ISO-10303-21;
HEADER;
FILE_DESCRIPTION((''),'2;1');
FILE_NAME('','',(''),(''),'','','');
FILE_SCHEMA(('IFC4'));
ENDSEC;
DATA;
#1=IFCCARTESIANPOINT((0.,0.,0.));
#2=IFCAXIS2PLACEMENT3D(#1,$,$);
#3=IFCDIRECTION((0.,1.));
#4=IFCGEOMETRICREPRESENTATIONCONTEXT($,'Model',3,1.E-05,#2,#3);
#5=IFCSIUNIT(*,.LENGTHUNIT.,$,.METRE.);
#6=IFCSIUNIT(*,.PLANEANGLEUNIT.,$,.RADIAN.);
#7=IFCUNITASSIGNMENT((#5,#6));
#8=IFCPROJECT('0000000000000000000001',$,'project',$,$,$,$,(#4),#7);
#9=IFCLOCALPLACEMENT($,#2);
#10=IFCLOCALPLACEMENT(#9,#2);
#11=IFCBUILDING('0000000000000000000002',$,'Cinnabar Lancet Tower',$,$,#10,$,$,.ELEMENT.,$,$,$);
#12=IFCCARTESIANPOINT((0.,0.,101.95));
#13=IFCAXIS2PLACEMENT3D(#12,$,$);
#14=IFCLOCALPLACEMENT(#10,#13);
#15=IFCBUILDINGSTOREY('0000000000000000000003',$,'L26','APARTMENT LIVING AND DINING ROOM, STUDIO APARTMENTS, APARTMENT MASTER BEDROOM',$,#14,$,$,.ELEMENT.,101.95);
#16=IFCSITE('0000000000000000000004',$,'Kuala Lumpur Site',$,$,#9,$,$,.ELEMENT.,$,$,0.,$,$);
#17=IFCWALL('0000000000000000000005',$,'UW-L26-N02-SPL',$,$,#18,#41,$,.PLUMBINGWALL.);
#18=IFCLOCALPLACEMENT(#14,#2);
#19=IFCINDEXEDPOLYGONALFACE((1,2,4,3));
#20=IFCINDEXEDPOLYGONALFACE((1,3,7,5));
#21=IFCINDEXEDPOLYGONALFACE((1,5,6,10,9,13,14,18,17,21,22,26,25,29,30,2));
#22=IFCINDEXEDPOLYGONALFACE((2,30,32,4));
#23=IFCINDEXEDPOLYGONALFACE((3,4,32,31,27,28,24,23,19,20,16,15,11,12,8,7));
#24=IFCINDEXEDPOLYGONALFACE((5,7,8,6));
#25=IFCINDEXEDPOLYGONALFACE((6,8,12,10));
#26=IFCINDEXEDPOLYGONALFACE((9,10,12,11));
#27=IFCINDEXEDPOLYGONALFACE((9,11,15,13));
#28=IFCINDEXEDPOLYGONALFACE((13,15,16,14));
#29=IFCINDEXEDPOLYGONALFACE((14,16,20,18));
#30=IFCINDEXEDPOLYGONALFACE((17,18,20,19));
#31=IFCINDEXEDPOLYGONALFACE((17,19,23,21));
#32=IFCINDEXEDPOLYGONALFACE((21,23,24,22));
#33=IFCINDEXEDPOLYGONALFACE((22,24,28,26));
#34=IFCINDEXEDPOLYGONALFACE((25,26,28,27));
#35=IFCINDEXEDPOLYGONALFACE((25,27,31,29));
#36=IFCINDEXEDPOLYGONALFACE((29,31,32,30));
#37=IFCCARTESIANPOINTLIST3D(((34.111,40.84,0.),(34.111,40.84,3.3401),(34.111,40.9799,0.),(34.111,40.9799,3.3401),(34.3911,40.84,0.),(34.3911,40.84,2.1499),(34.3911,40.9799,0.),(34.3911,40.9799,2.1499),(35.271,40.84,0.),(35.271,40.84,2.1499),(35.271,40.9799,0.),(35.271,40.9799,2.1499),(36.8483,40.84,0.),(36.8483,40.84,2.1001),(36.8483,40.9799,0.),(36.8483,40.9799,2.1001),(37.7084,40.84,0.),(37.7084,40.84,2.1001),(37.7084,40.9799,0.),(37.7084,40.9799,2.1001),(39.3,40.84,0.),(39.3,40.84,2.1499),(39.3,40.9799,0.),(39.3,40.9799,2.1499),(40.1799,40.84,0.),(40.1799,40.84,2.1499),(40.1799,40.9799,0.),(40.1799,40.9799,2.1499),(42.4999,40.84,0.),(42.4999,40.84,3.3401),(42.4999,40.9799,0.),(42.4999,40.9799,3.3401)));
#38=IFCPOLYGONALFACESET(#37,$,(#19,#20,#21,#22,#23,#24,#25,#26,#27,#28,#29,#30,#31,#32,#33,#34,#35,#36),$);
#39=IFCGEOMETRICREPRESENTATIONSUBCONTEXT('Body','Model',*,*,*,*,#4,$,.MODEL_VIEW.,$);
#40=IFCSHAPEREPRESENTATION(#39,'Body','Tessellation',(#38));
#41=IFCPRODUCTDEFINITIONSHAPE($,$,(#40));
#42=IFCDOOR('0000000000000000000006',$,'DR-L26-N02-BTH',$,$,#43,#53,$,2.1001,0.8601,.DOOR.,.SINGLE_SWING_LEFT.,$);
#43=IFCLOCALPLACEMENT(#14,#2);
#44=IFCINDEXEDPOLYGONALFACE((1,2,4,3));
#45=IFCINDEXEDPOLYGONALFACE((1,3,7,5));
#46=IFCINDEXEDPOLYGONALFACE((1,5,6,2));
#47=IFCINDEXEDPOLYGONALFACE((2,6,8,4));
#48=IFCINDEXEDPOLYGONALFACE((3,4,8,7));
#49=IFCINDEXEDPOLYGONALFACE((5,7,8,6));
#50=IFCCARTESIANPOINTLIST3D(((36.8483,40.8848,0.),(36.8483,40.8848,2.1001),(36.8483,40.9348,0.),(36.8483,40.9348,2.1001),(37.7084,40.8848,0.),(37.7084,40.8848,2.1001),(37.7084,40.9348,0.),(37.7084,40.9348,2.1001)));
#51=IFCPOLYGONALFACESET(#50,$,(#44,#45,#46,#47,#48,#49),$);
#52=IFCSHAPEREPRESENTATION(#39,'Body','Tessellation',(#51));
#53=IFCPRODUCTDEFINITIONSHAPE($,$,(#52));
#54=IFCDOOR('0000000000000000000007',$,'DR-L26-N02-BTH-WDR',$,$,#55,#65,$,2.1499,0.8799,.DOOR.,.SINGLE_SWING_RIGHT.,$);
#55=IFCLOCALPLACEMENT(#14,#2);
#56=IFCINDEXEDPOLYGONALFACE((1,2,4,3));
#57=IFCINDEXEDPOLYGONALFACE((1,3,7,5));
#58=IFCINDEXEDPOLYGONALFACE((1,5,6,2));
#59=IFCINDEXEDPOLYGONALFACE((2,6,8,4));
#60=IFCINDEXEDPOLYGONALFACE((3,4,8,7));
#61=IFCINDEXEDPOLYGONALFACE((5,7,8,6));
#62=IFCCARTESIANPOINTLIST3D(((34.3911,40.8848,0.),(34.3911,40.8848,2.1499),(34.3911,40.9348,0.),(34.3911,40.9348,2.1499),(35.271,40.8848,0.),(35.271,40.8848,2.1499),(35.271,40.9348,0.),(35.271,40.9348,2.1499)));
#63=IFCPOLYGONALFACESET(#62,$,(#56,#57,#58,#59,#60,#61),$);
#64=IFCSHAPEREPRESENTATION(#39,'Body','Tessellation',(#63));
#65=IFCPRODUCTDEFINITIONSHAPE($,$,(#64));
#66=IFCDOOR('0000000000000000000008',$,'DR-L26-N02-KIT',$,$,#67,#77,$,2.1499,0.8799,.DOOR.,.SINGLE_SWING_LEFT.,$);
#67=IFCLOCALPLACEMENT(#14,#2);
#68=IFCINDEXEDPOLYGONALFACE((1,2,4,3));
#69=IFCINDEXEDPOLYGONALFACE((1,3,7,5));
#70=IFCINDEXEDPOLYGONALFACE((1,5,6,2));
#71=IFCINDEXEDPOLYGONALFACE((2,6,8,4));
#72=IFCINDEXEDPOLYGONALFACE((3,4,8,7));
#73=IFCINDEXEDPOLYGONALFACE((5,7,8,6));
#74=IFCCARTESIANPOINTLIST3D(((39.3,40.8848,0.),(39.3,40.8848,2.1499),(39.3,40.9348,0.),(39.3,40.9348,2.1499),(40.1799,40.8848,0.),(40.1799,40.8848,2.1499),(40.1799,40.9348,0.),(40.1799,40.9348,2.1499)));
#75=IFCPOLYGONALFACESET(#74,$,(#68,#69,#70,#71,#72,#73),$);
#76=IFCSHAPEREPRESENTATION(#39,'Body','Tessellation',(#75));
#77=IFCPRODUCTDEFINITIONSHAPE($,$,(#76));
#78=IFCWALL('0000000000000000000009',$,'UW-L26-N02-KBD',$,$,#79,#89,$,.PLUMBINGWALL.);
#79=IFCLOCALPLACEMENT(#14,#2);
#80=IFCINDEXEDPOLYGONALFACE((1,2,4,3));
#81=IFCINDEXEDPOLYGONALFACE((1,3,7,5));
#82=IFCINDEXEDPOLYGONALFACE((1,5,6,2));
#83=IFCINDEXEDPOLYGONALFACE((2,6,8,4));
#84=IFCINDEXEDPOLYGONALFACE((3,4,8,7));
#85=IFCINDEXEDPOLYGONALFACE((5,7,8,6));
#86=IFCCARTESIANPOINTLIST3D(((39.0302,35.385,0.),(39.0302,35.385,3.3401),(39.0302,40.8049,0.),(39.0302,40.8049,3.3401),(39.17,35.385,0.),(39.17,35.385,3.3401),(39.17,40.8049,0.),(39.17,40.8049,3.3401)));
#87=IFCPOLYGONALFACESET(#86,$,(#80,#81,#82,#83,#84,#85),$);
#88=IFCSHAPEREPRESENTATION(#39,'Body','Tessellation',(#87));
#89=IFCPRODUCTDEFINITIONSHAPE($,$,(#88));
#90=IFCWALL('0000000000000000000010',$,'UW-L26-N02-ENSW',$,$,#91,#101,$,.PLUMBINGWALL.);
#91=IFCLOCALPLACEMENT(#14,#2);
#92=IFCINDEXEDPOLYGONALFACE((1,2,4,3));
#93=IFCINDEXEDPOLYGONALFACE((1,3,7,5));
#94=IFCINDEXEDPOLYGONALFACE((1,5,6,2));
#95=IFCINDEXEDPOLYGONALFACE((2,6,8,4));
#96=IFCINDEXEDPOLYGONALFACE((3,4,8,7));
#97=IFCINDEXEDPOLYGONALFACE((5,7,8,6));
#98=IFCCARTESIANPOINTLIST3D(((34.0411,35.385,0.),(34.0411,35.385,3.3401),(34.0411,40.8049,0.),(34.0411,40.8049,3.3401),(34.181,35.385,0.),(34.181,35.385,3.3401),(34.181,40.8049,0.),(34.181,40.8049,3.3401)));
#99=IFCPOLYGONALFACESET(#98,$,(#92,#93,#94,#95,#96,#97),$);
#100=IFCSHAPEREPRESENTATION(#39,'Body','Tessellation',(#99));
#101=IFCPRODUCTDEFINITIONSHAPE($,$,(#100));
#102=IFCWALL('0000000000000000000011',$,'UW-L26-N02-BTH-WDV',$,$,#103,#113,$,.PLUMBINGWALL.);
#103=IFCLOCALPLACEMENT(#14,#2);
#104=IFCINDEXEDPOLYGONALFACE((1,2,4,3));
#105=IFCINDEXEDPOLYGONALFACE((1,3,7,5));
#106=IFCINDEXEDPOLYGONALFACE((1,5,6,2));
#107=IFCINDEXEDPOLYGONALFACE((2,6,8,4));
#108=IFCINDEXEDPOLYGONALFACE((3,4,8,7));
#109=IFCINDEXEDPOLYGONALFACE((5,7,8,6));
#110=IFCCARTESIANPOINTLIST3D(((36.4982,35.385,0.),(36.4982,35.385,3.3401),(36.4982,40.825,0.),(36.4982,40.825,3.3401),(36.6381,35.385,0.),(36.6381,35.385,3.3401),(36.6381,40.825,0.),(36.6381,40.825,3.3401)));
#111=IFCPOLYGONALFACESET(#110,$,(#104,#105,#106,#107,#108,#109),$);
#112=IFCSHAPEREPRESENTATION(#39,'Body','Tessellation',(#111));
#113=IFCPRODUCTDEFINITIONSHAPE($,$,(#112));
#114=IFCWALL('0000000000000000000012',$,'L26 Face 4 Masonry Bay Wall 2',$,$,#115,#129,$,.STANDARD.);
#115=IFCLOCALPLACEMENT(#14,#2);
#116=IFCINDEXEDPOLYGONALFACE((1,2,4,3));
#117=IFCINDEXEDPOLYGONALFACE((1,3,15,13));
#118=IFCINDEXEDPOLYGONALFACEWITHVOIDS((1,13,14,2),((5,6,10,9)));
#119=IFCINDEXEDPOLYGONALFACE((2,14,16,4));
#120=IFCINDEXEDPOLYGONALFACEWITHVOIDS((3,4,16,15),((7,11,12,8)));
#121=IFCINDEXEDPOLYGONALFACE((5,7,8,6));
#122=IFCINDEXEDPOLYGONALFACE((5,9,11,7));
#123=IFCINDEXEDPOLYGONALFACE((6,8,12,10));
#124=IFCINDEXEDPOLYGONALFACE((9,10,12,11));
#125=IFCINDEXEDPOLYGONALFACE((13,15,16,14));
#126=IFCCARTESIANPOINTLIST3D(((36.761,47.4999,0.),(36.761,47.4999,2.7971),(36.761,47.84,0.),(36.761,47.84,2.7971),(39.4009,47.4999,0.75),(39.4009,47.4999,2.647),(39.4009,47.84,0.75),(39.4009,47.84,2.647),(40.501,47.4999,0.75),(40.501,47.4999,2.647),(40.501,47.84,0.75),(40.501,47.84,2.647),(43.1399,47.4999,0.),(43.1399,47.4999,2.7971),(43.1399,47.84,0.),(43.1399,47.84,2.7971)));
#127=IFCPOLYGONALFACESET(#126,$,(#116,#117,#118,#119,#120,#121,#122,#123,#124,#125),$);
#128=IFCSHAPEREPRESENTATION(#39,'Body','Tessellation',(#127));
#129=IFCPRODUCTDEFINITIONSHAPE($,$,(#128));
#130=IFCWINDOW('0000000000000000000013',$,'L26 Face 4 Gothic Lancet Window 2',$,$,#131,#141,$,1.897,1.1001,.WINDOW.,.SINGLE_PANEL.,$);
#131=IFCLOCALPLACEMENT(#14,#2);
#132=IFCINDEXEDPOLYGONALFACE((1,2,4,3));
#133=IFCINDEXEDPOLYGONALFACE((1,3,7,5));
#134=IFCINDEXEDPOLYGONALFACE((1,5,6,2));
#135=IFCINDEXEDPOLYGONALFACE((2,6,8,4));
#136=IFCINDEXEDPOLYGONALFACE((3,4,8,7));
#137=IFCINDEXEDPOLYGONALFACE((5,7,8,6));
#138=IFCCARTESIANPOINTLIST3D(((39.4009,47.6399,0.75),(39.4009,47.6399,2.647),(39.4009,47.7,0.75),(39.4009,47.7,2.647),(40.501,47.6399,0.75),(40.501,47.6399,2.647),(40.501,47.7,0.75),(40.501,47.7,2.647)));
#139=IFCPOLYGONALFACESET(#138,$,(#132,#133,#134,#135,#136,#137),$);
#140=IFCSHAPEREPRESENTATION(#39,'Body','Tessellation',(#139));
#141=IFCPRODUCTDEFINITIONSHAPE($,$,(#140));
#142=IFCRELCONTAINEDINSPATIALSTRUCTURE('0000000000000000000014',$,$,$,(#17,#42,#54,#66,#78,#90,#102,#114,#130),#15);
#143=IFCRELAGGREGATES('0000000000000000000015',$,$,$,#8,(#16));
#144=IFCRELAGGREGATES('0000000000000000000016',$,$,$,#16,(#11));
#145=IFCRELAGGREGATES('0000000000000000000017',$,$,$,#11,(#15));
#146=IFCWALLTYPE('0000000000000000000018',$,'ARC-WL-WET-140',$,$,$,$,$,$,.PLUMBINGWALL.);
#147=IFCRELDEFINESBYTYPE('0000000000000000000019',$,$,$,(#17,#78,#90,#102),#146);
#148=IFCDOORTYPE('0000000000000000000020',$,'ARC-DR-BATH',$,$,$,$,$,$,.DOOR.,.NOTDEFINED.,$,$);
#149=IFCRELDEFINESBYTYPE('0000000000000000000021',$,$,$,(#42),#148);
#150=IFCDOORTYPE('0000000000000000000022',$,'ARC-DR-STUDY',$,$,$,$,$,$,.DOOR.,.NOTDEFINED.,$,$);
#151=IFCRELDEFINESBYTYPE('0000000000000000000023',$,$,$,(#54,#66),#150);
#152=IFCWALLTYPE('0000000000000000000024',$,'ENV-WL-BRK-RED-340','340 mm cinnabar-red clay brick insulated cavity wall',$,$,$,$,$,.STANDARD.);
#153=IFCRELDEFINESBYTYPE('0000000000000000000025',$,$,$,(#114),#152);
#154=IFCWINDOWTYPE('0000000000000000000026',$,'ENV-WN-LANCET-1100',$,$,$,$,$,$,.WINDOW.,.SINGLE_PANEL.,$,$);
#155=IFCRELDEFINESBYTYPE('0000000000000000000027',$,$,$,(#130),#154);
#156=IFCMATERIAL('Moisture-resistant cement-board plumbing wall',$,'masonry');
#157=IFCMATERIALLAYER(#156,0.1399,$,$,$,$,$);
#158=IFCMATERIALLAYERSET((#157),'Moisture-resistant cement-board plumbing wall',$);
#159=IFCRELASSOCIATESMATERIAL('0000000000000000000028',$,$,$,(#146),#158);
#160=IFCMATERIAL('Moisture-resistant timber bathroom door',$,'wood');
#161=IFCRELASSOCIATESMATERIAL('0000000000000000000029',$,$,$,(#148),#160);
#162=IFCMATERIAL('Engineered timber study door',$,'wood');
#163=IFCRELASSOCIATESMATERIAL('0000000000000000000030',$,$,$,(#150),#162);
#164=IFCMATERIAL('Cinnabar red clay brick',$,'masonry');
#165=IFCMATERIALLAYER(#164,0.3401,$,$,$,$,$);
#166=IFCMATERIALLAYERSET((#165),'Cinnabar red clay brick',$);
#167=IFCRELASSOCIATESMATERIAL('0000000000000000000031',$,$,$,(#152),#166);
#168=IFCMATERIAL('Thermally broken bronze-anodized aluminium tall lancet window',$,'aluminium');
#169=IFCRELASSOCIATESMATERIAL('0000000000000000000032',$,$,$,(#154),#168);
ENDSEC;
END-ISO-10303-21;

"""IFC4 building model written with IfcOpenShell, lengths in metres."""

from ifc_helpers import new_model, si_unit, direction, frame, frame_2d, origin, place, context, subcontext, project, spatial, rectangle, extrude, material, layer, layer_set, type_object, element, fill, save


model = new_model("IFC4")

# Units and contexts
model_context = context("Model", 3, precision=1e-05, world=origin(), true_north=direction((0.0, 1.0)))
body_context = subcontext(model_context, "Body", "Model", "MODEL_VIEW")
ifc_project = project(units=[si_unit("LENGTHUNIT", "METRE"), si_unit("PLANEANGLEUNIT", "RADIAN")], contexts=[model_context])

# Site, building, storey
site_placement = place(None, origin())
site = spatial("IfcSite", under=ifc_project, at=site_placement, Name="Kuala Lumpur Site", CompositionType="ELEMENT", RefElevation=0.0)
building_placement = place(site_placement, origin())
building = spatial("IfcBuilding", under=site, at=building_placement, Name="Cinnabar Lancet Tower", CompositionType="ELEMENT")
storey_placement = place(building_placement, frame((0.0, 0.0, 101.95)))
storey = spatial("IfcBuildingStorey", under=building, at=storey_placement, Name="L26", Description="APARTMENT LIVING AND DINING ROOM, STUDIO APARTMENTS, APARTMENT MASTER BEDROOM", CompositionType="ELEMENT", Elevation=101.95)

# Wall, openings, doors
ifc_material_1 = material(Name="Moisture-resistant cement-board plumbing wall", Category="masonry")
ifc_layer_1 = layer(ifc_material_1, 0.1399)
ifc_layer_set_1 = layer_set([ifc_layer_1], Name="Moisture-resistant cement-board plumbing wall")
wall_type_1 = type_object("IfcWallType", Name="ARC-WL-WET-140", PredefinedType="PLUMBINGWALL", material=ifc_layer_set_1)
wall_1_placement = place(storey_placement, frame((34.1111, 40.9099, 0.0), z_axis=(0.0, 0.0, 1.0), x_axis=(1.0, 0.0, 0.0)))
wall_1 = element("IfcWall", 1, at=wall_1_placement, inside=storey, type_object=wall_type_1, Name="UW-L26-N02-SPL", PredefinedType="PLUMBINGWALL", context=body_context, shape_type="SweptSolid", body=[
    extrude(rectangle(XDim=8.3889, YDim=0.1399, at=frame_2d((4.1943, 0.0))), origin(), (0.0, 0.0, 1.0), 3.3401),
])
opening_1_placement = place(wall_1_placement, frame((0.28, 0.0, 0.0)))
opening_1 = element("IfcOpeningElement", 2, at=opening_1_placement, cuts=wall_1, PredefinedType="OPENING", context=body_context, shape_type="SweptSolid", body=[
    extrude(rectangle(XDim=0.8799, YDim=2.1499, at=frame_2d((0.4399, 1.075))), frame((0.0, 0.0798, 0.0), z_axis=(0.0, -1.0, 0.0), x_axis=(1.0, 0.0, 0.0)), (0.0, 0.0, 1.0), 0.1599),
])
opening_2_placement = place(wall_1_placement, frame((2.7371, 0.0, 0.0)))
opening_2 = element("IfcOpeningElement", 3, at=opening_2_placement, cuts=wall_1, PredefinedType="OPENING", context=body_context, shape_type="SweptSolid", body=[
    extrude(rectangle(XDim=0.8601, YDim=2.1001, at=frame_2d((0.4302, 1.05))), frame((0.0, 0.0798, 0.0), z_axis=(0.0, -1.0, 0.0), x_axis=(1.0, 0.0, 0.0)), (0.0, 0.0, 1.0), 0.1599),
])
opening_3_placement = place(wall_1_placement, frame((5.189, 0.0, 0.0)))
opening_3 = element("IfcOpeningElement", 4, at=opening_3_placement, cuts=wall_1, PredefinedType="OPENING", context=body_context, shape_type="SweptSolid", body=[
    extrude(rectangle(XDim=0.8799, YDim=2.1499, at=frame_2d((0.4399, 1.075))), frame((0.0, 0.0798, 0.0), z_axis=(0.0, -1.0, 0.0), x_axis=(1.0, 0.0, 0.0)), (0.0, 0.0, 1.0), 0.1599),
])
ifc_material_2 = material(Name="Moisture-resistant timber bathroom door", Category="wood")
door_type_1 = type_object("IfcDoorType", Name="ARC-DR-BATH", OperationType="NOTDEFINED", PredefinedType="DOOR", material=ifc_material_2)
door_1_placement = place(opening_2_placement, origin())
door_1 = element("IfcDoor", 5, at=door_1_placement, inside=storey, type_object=door_type_1, Name="DR-L26-N02-BTH", OperationType="SINGLE_SWING_LEFT", OverallHeight=2.1001, OverallWidth=0.8601, PredefinedType="DOOR", context=body_context, shape_type="SweptSolid", body=[
    extrude(rectangle(XDim=0.8601, YDim=2.1001, at=frame_2d((0.4302, 1.05))), frame((0.0, 0.0249, 0.0), z_axis=(0.0, -1.0, 0.0), x_axis=(1.0, 0.0, 0.0)), (0.0, 0.0, 1.0), 0.05),
])
fill(opening_2, door_1)
ifc_material_3 = material(Name="Engineered timber study door", Category="wood")
door_type_2 = type_object("IfcDoorType", Name="ARC-DR-STUDY", OperationType="NOTDEFINED", PredefinedType="DOOR", material=ifc_material_3)
door_2_placement = place(opening_1_placement, origin())
door_2 = element("IfcDoor", 6, at=door_2_placement, inside=storey, type_object=door_type_2, Name="DR-L26-N02-BTH-WDR", OperationType="SINGLE_SWING_RIGHT", OverallHeight=2.1499, OverallWidth=0.8799, PredefinedType="DOOR", context=body_context, shape_type="SweptSolid", body=[
    extrude(rectangle(XDim=0.8799, YDim=2.1499, at=frame_2d((0.4399, 1.075))), frame((0.0, 0.0249, 0.0), z_axis=(0.0, -1.0, 0.0), x_axis=(1.0, 0.0, 0.0)), (0.0, 0.0, 1.0), 0.05),
])
fill(opening_1, door_2)
door_3_placement = place(opening_3_placement, origin())
door_3 = element("IfcDoor", 7, at=door_3_placement, inside=storey, type_object=door_type_2, Name="DR-L26-N02-KIT", OperationType="SINGLE_SWING_LEFT", OverallHeight=2.1499, OverallWidth=0.8799, PredefinedType="DOOR", context=body_context, shape_type="SweptSolid", body=[
    extrude(rectangle(XDim=0.8799, YDim=2.1499, at=frame_2d((0.4399, 1.075))), frame((0.0, 0.0249, 0.0), z_axis=(0.0, -1.0, 0.0), x_axis=(1.0, 0.0, 0.0)), (0.0, 0.0, 1.0), 0.05),
])
fill(opening_3, door_3)

# Walls
for number, where, z_axis, x_axis, name in (
    (8, (39.1001, 35.385, 0.0), (0.0, 0.0, 1.0), (0.0, 1.0, 0.0), "UW-L26-N02-KBD"),
    (9, (34.1111, 35.385, 0.0), (0.0, 0.0, 1.0), (0.0, 1.0, 0.0), "UW-L26-N02-ENSW"),
):
    element("IfcWall", number, at=place(storey_placement, frame(where, z_axis=z_axis, x_axis=x_axis)), inside=storey, type_object=wall_type_1, Name=name, PredefinedType="PLUMBINGWALL", context=body_context, shape_type="SweptSolid", body=[
        extrude(rectangle(XDim=5.4199, YDim=0.1399, at=frame_2d((2.71, 0.0))), origin(), (0.0, 0.0, 1.0), 3.3401),
    ])
wall_2_placement = place(storey_placement, frame((36.5681, 35.385, 0.0), z_axis=(0.0, 0.0, 1.0), x_axis=(0.0, 1.0, 0.0)))
element("IfcWall", 10, at=wall_2_placement, inside=storey, type_object=wall_type_1, Name="UW-L26-N02-BTH-WDV", PredefinedType="PLUMBINGWALL", context=body_context, shape_type="SweptSolid", body=[
    extrude(rectangle(XDim=5.4399, YDim=0.1399, at=frame_2d((2.72, 0.0))), origin(), (0.0, 0.0, 1.0), 3.3401),
])

# Wall, opening, window
ifc_material_4 = material(Name="Cinnabar red clay brick", Category="masonry")
ifc_layer_2 = layer(ifc_material_4, 0.3401)
ifc_layer_set_2 = layer_set([ifc_layer_2], Name="Cinnabar red clay brick")
wall_type_2 = type_object("IfcWallType", Name="ENV-WL-BRK-RED-340", Description="340 mm cinnabar-red clay brick insulated cavity wall", PredefinedType="STANDARD", material=ifc_layer_set_2)
wall_3_placement = place(storey_placement, frame((43.1399, 47.6699, 0.0), z_axis=(0.0, 0.0, 1.0), x_axis=(-1.0, 0.0, 0.0)))
wall_3 = element("IfcWall", 11, at=wall_3_placement, inside=storey, type_object=wall_type_2, Name="L26 Face 4 Masonry Bay Wall 2", PredefinedType="STANDARD", context=body_context, shape_type="SweptSolid", body=[
    extrude(rectangle(XDim=6.3789, YDim=0.3401, at=frame_2d((3.1895, 0.0))), origin(), (0.0, 0.0, 1.0), 2.7971),
])
opening_4_placement = place(wall_3_placement, frame((2.6389, 0.0, 0.75)))
opening_4 = element("IfcOpeningElement", 12, at=opening_4_placement, cuts=wall_3, PredefinedType="OPENING", context=body_context, shape_type="SweptSolid", body=[
    extrude(rectangle(XDim=1.1001, YDim=1.897, at=frame_2d((0.55, 0.9485))), frame((0.0, 0.1799, 0.0), z_axis=(0.0, -1.0, 0.0), x_axis=(1.0, 0.0, 0.0)), (0.0, 0.0, 1.0), 0.3601),
])
ifc_material_5 = material(Name="Thermally broken bronze-anodized aluminium tall lancet window", Category="aluminium")
window_type = type_object("IfcWindowType", Name="ENV-WN-LANCET-1100", PartitioningType="SINGLE_PANEL", PredefinedType="WINDOW", material=ifc_material_5)
window_1_placement = place(opening_4_placement, origin())
window_1 = element("IfcWindow", 13, at=window_1_placement, inside=storey, type_object=window_type, Name="L26 Face 4 Gothic Lancet Window 2", OverallHeight=1.897, OverallWidth=1.1001, PartitioningType="SINGLE_PANEL", PredefinedType="WINDOW", context=body_context, shape_type="SweptSolid", body=[
    extrude(rectangle(XDim=1.1001, YDim=1.897, at=frame_2d((0.55, 0.9485))), frame((0.0, 0.03, 0.0), z_axis=(0.0, -1.0, 0.0), x_axis=(1.0, 0.0, 0.0)), (0.0, 0.0, 1.0), 0.0601),
])
fill(opening_4, window_1)

save(model, "model.ifc")
